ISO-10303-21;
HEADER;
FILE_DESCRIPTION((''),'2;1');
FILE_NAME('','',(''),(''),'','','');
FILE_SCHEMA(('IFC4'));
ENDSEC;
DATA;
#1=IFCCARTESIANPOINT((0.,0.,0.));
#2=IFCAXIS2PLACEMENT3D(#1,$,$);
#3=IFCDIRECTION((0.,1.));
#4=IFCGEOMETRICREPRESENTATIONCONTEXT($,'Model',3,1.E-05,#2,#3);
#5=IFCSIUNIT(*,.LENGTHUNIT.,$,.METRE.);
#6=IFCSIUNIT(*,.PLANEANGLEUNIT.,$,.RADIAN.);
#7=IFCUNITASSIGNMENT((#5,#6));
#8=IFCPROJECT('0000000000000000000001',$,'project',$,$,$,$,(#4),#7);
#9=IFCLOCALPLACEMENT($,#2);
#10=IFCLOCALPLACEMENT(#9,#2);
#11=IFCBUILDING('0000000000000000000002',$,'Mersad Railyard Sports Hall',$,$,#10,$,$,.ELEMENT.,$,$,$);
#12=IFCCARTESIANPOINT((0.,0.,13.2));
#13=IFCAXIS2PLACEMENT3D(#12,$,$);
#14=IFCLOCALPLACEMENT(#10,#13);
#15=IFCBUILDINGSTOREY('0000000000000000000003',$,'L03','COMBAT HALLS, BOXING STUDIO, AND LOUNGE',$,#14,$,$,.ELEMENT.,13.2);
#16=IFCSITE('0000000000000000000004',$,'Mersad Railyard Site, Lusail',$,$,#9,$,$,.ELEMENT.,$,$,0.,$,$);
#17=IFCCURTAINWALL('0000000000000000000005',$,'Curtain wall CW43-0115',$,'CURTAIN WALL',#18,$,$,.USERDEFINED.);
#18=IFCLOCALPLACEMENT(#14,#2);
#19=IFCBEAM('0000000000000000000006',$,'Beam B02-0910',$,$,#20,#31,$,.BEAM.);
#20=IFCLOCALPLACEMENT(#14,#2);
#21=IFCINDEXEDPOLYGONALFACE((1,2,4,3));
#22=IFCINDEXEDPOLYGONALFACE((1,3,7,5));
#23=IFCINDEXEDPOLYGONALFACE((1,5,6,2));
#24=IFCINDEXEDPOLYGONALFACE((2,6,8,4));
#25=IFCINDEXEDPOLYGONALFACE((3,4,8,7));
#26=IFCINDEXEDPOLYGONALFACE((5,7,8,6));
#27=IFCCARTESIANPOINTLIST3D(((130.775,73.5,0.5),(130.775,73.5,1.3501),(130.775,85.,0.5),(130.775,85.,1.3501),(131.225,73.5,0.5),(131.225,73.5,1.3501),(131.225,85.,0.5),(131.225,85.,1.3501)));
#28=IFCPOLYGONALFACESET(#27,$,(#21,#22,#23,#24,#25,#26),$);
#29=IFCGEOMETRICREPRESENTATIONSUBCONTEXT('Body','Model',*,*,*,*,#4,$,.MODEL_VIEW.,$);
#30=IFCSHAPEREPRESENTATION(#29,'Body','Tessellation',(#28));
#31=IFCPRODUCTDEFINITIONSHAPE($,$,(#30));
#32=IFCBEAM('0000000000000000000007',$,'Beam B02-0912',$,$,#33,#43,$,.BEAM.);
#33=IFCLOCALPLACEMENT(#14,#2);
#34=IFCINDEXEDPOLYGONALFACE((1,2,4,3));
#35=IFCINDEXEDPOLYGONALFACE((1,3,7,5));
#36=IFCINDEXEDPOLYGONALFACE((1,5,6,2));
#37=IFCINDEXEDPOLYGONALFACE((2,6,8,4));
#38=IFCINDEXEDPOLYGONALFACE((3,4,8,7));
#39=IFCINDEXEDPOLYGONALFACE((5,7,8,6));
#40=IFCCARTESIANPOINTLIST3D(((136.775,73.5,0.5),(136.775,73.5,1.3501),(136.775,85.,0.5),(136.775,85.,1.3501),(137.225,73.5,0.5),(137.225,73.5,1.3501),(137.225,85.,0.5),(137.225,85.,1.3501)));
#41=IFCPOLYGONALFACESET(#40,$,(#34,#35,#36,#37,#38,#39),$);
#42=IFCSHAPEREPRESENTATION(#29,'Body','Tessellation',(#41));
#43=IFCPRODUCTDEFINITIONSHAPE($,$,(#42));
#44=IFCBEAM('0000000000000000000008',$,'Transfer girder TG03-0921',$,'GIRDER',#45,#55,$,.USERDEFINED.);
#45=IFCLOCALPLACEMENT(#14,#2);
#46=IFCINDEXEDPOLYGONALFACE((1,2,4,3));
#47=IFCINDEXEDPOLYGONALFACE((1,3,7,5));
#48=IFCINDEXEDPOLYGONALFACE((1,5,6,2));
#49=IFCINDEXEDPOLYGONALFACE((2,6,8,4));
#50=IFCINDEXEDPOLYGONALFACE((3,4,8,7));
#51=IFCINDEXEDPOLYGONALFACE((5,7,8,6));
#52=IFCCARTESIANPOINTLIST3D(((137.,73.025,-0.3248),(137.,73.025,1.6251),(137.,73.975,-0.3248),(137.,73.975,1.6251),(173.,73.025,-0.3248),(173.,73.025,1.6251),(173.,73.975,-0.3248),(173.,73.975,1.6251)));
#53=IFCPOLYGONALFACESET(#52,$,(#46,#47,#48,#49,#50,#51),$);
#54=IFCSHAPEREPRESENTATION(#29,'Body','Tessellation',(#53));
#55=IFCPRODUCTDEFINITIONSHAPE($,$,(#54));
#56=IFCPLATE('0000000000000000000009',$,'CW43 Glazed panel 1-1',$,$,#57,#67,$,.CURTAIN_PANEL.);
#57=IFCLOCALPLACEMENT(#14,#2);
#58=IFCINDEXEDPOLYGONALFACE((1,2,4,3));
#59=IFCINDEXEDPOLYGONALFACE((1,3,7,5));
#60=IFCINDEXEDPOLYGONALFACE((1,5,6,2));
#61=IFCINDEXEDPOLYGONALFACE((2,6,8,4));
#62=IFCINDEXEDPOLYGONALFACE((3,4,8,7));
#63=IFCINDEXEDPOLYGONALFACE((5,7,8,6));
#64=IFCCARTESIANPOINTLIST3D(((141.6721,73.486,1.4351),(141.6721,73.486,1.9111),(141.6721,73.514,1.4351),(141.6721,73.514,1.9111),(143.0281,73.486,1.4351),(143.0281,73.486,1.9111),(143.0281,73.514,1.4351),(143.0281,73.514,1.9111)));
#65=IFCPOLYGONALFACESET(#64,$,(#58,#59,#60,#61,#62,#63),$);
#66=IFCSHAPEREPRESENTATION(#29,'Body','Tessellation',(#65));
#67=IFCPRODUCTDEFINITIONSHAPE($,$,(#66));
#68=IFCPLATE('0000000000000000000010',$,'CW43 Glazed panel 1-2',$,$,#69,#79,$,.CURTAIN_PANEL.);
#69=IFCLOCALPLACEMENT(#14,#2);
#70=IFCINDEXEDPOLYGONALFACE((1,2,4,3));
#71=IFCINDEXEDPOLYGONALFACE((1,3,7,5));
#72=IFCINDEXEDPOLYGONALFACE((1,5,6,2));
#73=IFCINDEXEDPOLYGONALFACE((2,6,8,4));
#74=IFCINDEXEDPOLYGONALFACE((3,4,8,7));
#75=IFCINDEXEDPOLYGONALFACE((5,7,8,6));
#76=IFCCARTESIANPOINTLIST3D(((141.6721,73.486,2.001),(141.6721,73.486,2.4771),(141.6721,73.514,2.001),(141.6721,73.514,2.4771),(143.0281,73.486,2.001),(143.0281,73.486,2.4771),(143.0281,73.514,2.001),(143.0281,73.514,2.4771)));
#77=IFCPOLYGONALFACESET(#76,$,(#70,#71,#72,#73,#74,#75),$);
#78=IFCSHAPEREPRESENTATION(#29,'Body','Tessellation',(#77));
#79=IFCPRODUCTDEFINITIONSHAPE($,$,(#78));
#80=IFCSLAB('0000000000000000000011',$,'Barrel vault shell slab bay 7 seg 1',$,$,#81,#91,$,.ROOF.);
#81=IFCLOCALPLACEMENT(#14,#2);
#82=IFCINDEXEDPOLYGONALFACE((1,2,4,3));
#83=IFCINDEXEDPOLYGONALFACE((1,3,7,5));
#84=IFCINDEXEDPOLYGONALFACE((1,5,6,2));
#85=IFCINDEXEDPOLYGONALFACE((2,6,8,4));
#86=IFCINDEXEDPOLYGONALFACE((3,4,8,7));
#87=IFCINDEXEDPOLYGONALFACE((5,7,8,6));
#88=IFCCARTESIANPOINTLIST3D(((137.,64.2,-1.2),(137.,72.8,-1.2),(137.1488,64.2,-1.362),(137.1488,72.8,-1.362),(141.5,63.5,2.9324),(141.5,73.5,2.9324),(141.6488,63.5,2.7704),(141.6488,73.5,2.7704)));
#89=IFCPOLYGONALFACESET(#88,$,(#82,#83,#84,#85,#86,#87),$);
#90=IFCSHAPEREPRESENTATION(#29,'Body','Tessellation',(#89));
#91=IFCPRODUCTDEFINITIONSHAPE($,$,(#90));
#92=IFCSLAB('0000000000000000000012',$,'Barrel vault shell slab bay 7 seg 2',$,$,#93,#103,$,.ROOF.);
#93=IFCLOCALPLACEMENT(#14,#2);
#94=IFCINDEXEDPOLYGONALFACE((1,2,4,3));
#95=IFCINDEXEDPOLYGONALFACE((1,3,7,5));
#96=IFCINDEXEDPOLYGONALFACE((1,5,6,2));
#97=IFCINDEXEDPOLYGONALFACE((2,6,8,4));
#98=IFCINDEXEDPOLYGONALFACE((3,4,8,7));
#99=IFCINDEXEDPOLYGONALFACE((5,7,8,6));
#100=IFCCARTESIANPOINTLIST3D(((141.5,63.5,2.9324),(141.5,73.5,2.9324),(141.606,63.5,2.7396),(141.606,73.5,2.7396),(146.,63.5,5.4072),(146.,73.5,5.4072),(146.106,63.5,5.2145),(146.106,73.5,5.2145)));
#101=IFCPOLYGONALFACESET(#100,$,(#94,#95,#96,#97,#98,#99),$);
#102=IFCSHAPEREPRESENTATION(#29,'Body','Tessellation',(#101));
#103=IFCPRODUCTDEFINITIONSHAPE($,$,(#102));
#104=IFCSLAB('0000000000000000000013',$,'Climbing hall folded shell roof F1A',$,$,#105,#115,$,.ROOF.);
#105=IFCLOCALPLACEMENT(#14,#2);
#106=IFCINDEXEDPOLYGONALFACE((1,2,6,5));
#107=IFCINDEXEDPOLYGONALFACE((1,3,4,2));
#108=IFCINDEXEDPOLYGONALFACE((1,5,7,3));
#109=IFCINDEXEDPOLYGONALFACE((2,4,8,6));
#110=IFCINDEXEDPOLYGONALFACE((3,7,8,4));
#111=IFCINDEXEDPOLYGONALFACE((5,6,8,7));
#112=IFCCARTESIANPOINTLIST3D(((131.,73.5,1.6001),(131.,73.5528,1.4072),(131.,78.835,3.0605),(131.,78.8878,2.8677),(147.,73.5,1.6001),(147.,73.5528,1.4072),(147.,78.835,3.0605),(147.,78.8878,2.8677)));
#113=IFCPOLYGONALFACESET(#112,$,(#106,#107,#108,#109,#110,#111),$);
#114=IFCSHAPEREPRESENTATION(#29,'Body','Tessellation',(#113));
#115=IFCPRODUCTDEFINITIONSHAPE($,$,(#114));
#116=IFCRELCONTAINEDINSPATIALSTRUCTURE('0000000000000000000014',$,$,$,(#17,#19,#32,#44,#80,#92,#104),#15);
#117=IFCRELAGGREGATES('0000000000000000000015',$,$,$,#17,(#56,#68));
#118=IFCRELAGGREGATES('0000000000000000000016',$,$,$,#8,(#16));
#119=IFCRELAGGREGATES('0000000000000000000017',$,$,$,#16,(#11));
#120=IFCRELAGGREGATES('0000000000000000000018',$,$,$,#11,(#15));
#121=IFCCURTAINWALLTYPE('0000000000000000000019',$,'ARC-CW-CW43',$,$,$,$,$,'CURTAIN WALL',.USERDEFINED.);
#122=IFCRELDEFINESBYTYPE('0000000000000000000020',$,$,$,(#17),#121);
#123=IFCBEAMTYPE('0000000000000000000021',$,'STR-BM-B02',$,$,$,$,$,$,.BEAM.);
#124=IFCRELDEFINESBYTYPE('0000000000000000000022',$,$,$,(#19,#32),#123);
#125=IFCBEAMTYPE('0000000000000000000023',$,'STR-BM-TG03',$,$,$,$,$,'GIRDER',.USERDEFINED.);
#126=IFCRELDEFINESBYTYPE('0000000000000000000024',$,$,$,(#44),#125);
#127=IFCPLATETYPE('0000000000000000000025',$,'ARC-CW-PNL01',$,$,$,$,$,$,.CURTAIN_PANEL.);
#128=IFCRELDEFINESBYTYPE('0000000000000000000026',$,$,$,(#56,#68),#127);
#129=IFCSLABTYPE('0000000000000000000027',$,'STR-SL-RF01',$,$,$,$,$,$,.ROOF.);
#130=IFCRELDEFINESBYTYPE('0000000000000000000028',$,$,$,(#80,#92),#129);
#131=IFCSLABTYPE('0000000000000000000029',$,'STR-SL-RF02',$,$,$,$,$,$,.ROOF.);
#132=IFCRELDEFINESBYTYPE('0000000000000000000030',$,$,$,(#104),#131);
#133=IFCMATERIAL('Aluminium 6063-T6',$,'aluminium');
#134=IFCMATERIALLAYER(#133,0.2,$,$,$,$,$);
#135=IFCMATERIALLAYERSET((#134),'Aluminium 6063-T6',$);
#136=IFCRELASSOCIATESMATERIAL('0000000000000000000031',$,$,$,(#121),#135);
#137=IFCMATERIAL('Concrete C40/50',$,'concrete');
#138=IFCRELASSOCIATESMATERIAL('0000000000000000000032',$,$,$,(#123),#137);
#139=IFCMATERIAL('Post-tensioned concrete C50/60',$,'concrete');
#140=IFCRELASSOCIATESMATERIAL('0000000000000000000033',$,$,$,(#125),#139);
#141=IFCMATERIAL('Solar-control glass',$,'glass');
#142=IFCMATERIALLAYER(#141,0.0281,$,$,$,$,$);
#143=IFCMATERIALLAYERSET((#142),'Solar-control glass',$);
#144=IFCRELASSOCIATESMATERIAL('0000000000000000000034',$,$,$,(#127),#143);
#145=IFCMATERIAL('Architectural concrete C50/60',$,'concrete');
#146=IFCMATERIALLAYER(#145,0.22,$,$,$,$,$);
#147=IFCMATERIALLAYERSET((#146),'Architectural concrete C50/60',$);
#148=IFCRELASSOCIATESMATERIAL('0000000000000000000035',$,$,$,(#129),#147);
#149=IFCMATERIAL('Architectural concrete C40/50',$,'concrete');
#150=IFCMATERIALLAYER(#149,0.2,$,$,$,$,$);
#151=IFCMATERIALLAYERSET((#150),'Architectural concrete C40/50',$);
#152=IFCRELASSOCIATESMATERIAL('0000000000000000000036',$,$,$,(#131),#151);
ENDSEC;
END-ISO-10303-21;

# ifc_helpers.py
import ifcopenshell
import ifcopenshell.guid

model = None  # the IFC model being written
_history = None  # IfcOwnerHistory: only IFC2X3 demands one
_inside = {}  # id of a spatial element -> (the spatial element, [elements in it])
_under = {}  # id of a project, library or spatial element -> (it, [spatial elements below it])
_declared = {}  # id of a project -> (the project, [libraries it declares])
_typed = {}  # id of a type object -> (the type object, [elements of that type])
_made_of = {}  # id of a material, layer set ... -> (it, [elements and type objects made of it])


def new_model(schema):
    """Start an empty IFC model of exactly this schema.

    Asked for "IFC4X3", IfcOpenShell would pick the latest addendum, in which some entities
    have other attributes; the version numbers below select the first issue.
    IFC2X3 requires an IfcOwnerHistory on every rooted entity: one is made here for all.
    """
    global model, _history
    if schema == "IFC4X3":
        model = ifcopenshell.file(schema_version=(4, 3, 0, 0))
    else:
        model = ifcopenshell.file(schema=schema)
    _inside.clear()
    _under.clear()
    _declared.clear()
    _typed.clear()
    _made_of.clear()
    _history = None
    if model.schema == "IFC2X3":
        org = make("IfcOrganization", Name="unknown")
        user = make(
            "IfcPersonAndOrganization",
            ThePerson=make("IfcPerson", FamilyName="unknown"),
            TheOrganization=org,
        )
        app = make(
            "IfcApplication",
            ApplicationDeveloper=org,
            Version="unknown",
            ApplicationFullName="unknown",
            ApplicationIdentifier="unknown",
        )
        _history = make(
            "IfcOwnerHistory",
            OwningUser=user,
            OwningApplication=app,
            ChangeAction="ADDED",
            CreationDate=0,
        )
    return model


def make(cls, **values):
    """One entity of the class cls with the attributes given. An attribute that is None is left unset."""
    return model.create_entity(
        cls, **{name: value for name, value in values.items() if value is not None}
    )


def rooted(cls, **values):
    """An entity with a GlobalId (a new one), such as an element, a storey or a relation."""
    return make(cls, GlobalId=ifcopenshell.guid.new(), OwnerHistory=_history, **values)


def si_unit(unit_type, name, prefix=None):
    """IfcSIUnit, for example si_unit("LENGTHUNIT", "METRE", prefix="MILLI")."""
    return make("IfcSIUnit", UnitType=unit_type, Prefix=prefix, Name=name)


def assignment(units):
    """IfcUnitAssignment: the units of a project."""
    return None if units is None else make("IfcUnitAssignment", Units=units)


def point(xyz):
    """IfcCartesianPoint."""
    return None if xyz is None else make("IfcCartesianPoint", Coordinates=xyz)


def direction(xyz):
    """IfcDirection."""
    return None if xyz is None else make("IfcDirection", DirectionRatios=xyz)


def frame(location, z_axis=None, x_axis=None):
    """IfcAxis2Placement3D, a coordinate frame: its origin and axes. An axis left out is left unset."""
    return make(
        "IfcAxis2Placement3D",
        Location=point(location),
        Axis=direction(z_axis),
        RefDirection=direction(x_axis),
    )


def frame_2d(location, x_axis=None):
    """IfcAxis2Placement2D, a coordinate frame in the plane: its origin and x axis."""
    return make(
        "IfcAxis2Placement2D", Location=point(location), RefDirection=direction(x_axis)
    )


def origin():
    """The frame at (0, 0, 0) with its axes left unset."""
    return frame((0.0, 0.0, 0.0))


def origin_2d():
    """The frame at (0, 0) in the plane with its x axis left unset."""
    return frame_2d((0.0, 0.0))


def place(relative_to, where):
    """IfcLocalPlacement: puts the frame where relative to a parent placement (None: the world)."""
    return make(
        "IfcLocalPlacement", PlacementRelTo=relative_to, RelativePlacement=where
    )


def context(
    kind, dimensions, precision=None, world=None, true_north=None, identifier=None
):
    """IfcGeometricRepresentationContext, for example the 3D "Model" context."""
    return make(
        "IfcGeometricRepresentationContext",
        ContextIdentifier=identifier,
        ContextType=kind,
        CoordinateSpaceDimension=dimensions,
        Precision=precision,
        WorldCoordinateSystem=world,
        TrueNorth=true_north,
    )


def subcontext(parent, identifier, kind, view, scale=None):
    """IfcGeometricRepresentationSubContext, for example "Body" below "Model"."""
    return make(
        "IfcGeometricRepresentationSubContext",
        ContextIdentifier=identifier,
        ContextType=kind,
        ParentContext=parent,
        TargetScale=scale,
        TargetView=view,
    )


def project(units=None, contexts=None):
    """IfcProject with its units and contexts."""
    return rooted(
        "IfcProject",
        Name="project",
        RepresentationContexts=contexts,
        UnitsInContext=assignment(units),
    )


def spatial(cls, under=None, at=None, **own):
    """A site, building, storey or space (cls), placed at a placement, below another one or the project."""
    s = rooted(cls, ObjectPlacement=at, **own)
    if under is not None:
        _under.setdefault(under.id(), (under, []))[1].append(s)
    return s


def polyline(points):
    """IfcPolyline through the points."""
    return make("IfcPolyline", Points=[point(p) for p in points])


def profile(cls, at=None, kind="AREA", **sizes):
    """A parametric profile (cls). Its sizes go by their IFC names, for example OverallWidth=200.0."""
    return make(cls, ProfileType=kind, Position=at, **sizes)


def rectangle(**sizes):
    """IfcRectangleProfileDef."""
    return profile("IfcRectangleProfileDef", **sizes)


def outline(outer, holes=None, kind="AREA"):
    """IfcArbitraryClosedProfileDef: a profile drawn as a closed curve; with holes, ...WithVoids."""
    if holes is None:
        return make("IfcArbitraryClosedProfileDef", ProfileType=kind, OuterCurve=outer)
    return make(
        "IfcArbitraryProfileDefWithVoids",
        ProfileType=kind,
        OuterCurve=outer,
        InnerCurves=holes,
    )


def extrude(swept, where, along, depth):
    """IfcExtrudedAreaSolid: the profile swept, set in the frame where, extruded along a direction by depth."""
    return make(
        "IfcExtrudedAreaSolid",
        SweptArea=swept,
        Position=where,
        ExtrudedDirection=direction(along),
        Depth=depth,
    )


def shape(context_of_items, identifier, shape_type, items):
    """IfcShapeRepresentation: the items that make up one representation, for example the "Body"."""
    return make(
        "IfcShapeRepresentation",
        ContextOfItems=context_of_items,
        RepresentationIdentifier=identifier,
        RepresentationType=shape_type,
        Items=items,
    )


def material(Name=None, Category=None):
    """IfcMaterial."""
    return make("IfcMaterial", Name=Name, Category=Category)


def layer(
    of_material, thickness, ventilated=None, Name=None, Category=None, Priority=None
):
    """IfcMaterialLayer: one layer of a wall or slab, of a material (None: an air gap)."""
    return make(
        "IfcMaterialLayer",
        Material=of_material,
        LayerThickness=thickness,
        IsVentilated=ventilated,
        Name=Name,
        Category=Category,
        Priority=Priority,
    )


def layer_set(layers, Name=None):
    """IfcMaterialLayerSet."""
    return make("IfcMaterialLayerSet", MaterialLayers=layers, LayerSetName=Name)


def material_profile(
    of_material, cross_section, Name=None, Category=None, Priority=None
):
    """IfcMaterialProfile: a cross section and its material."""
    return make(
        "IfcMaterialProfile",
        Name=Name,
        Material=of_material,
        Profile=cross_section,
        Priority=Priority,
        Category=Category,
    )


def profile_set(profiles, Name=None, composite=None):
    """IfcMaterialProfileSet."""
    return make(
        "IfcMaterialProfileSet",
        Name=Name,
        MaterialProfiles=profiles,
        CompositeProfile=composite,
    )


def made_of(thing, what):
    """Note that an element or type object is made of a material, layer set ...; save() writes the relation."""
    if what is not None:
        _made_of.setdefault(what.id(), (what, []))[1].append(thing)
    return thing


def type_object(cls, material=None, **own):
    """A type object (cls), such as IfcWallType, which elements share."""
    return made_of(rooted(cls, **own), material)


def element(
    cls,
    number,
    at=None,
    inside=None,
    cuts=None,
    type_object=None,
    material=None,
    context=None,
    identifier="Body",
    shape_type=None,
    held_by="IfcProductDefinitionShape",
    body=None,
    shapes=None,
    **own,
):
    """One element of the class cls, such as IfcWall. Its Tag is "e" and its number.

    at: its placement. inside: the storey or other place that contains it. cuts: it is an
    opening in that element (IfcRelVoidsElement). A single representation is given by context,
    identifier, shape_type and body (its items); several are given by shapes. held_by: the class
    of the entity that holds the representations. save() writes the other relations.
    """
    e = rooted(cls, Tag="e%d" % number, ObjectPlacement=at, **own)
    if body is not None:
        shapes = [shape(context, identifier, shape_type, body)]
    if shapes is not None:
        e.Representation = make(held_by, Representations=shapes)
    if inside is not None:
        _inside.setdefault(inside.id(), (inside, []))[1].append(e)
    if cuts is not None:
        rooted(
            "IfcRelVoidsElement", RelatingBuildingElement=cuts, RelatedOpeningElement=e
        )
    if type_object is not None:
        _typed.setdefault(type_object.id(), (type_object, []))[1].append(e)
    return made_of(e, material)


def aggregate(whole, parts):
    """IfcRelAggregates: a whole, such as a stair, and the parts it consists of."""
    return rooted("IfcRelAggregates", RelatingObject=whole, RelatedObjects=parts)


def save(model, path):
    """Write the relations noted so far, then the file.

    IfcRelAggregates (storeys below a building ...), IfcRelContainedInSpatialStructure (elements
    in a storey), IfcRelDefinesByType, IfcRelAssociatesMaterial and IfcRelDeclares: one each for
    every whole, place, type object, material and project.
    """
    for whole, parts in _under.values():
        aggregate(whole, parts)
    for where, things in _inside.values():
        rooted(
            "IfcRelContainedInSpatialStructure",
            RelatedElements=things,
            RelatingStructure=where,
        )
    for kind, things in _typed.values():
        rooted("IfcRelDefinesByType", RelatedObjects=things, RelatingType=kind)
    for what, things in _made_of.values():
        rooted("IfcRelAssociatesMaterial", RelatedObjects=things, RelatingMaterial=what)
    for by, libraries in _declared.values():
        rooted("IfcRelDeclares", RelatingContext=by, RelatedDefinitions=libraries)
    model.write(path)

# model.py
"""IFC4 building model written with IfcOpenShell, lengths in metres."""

from ifc_helpers import new_model, si_unit, direction, frame, origin, origin_2d, place, context, subcontext, project, spatial, polyline, rectangle, outline, extrude, material, layer, layer_set, material_profile, profile_set, type_object, element, aggregate, save


model = new_model("IFC4")

# Units and contexts
model_context = context("Model", 3, precision=1e-05, world=origin(), true_north=direction((0.0, 1.0)))
body_context = subcontext(model_context, "Body", "Model", "MODEL_VIEW")
ifc_project = project(units=[si_unit("LENGTHUNIT", "METRE"), si_unit("PLANEANGLEUNIT", "RADIAN")], contexts=[model_context])

# Site, building, storey
site_placement = place(None, origin())
site = spatial("IfcSite", under=ifc_project, at=site_placement, Name="Mersad Railyard Site, Lusail", CompositionType="ELEMENT", RefElevation=0.0)
building_placement = place(site_placement, origin())
building = spatial("IfcBuilding", under=site, at=building_placement, Name="Mersad Railyard Sports Hall", CompositionType="ELEMENT")
storey_placement = place(building_placement, frame((0.0, 0.0, 13.2)))
storey = spatial("IfcBuildingStorey", under=building, at=storey_placement, Name="L03", Description="COMBAT HALLS, BOXING STUDIO, AND LOUNGE", CompositionType="ELEMENT", Elevation=13.2)

# Shared definitions
ifc_material_1 = material(Name="Concrete C40/50", Category="concrete")

# Shared definitions
ifc_material_2 = material(Name="Aluminium 6063-T6", Category="aluminium")

# Curtain wall
ifc_layer_1 = layer(ifc_material_2, 0.2)
ifc_layer_set_1 = layer_set([ifc_layer_1], Name="Aluminium 6063-T6")
curtain_wall_type_1 = type_object("IfcCurtainWallType", Name="ARC-CW-CW43", ElementType="CURTAIN WALL", PredefinedType="USERDEFINED", material=ifc_layer_set_1)
curtain_wall_1_placement = place(storey_placement, origin())
curtain_wall_1 = element("IfcCurtainWall", 1, at=curtain_wall_1_placement, inside=storey, type_object=curtain_wall_type_1, Name="Curtain wall CW43-0115", ObjectType="CURTAIN WALL", PredefinedType="USERDEFINED")

# Beams
ifc_material_profile_1 = material_profile(ifc_material_1, rectangle(XDim=0.45, YDim=0.8501, at=origin_2d()), Name="RC 450x850")
ifc_profile_set_1 = profile_set([ifc_material_profile_1], Name="Concrete C40/50")
beam_type_1 = type_object("IfcBeamType", Name="STR-BM-B02", PredefinedType="BEAM", material=ifc_profile_set_1)
for number, where, z_axis, x_axis, name in (
    (2, (131.0, 73.5, 0.925), (0.0, 1.0, 0.0), (-1.0, 0.0, 0.0), "Beam B02-0910"),
    (3, (137.0, 73.5, 0.925), (0.0, 1.0, 0.0), (-1.0, 0.0, 0.0), "Beam B02-0912"),
):
    element("IfcBeam", number, at=place(storey_placement, frame(where, z_axis=z_axis, x_axis=x_axis)), inside=storey, type_object=beam_type_1, Name=name, PredefinedType="BEAM", context=body_context, shape_type="SweptSolid", body=[
        extrude(rectangle(XDim=0.45, YDim=0.8501, at=origin_2d()), origin(), (0.0, 0.0, 1.0), 11.5),
    ])
ifc_material_3 = material(Name="Post-tensioned concrete C50/60", Category="concrete")
ifc_material_profile_2 = material_profile(ifc_material_3, rectangle(XDim=0.95, YDim=1.95, at=origin_2d()), Name="PT 950x1950")
ifc_profile_set_2 = profile_set([ifc_material_profile_2], Name="Post-tensioned concrete C50/60")
beam_type_2 = type_object("IfcBeamType", Name="STR-BM-TG03", ElementType="GIRDER", PredefinedType="USERDEFINED", material=ifc_profile_set_2)
beam_1_placement = place(storey_placement, frame((137.0, 73.5, 0.6501), z_axis=(1.0, 0.0, 0.0), x_axis=(0.0, 1.0, 0.0)))
element("IfcBeam", 4, at=beam_1_placement, inside=storey, type_object=beam_type_2, Name="Transfer girder TG03-0921", ObjectType="GIRDER", PredefinedType="USERDEFINED", context=body_context, shape_type="SweptSolid", body=[
    extrude(rectangle(XDim=0.95, YDim=1.95, at=origin_2d()), origin(), (0.0, 0.0, 1.0), 36.0),
])

# Plates
ifc_material_4 = material(Name="Solar-control glass", Category="glass")
ifc_layer_2 = layer(ifc_material_4, 0.0281)
ifc_layer_set_2 = layer_set([ifc_layer_2], Name="Solar-control glass")
plate_type = type_object("IfcPlateType", Name="ARC-CW-PNL01", PredefinedType="CURTAIN_PANEL", material=ifc_layer_set_2)
plate_1_placement = place(storey_placement, frame((142.3501, 73.5, 1.4351), z_axis=(0.0, 0.0, 1.0), x_axis=(1.0, 0.0, 0.0)))
plate_1 = element("IfcPlate", 5, at=plate_1_placement, type_object=plate_type, Name="CW43 Glazed panel 1-1", PredefinedType="CURTAIN_PANEL", context=body_context, shape_type="SweptSolid", body=[
    extrude(rectangle(XDim=1.356, YDim=0.0281, at=origin_2d()), origin(), (0.0, 0.0, 1.0), 0.4761),
])
plate_2_placement = place(storey_placement, frame((142.3501, 73.5, 2.001), z_axis=(0.0, 0.0, 1.0), x_axis=(1.0, 0.0, 0.0)))
plate_2 = element("IfcPlate", 6, at=plate_2_placement, type_object=plate_type, Name="CW43 Glazed panel 1-2", PredefinedType="CURTAIN_PANEL", context=body_context, shape_type="SweptSolid", body=[
    extrude(rectangle(XDim=1.356, YDim=0.0281, at=origin_2d()), origin(), (0.0, 0.0, 1.0), 0.4761),
])
aggregate(curtain_wall_1, [plate_1, plate_2])

# Slabs
ifc_material_5 = material(Name="Architectural concrete C50/60", Category="concrete")
ifc_layer_3 = layer(ifc_material_5, 0.22)
ifc_layer_set_3 = layer_set([ifc_layer_3], Name="Architectural concrete C50/60")
slab_type_1 = type_object("IfcSlabType", Name="STR-SL-RF01", PredefinedType="ROOF", material=ifc_layer_set_3)
slab_1_placement = place(storey_placement, frame((137.0, 64.2, -1.2), z_axis=(-0.676376, 0.0, 0.736557), x_axis=(0.73177, -0.113823, 0.67198)))
element("IfcSlab", 7, at=slab_1_placement, inside=storey, type_object=slab_type_1, Name="Barrel vault shell slab bay 7 seg 1", PredefinedType="ROOF", context=body_context, shape_type="SweptSolid", body=[
    extrude(outline(polyline([(0.0, 0.0), (6.1495, 0.0), (5.0112, 9.935), (-0.9789, 8.5442), (0.0, 0.0)])), origin(), (0.0, 0.0, -1.0), 0.22),
])
slab_2_placement = place(storey_placement, frame((141.5, 63.5, 2.9324), z_axis=(-0.481897, 0.0, 0.876228), x_axis=(0.876228, 0.0, 0.481897)))
element("IfcSlab", 8, at=slab_2_placement, inside=storey, type_object=slab_type_1, Name="Barrel vault shell slab bay 7 seg 2", PredefinedType="ROOF", context=body_context, shape_type="SweptSolid", body=[
    extrude(outline(polyline([(0.0, 0.0), (5.1356, 0.0), (5.1356, 10.0), (0.0, 10.0), (0.0, 0.0)])), origin(), (0.0, 0.0, -1.0), 0.22),
])
ifc_material_6 = material(Name="Architectural concrete C40/50", Category="concrete")
ifc_layer_4 = layer(ifc_material_6, 0.2)
ifc_layer_set_4 = layer_set([ifc_layer_4], Name="Architectural concrete C40/50")
slab_type_2 = type_object("IfcSlabType", Name="STR-SL-RF02", PredefinedType="ROOF", material=ifc_layer_set_4)
slab_3_placement = place(storey_placement, frame((131.0, 73.5, 1.6001), z_axis=(0.0, -0.264036, 0.964513), x_axis=(1.0, 0.0, 0.0)))
element("IfcSlab", 9, at=slab_3_placement, inside=storey, type_object=slab_type_2, Name="Climbing hall folded shell roof F1A", PredefinedType="ROOF", context=body_context, shape_type="SweptSolid", body=[
    extrude(outline(polyline([(0.0, 0.0), (16.0, 0.0), (16.0, 5.5312), (0.0, 5.5312), (0.0, 0.0)])), origin(), (0.0, 0.0, -1.0), 0.2),
])

save(model, "model.ifc")
